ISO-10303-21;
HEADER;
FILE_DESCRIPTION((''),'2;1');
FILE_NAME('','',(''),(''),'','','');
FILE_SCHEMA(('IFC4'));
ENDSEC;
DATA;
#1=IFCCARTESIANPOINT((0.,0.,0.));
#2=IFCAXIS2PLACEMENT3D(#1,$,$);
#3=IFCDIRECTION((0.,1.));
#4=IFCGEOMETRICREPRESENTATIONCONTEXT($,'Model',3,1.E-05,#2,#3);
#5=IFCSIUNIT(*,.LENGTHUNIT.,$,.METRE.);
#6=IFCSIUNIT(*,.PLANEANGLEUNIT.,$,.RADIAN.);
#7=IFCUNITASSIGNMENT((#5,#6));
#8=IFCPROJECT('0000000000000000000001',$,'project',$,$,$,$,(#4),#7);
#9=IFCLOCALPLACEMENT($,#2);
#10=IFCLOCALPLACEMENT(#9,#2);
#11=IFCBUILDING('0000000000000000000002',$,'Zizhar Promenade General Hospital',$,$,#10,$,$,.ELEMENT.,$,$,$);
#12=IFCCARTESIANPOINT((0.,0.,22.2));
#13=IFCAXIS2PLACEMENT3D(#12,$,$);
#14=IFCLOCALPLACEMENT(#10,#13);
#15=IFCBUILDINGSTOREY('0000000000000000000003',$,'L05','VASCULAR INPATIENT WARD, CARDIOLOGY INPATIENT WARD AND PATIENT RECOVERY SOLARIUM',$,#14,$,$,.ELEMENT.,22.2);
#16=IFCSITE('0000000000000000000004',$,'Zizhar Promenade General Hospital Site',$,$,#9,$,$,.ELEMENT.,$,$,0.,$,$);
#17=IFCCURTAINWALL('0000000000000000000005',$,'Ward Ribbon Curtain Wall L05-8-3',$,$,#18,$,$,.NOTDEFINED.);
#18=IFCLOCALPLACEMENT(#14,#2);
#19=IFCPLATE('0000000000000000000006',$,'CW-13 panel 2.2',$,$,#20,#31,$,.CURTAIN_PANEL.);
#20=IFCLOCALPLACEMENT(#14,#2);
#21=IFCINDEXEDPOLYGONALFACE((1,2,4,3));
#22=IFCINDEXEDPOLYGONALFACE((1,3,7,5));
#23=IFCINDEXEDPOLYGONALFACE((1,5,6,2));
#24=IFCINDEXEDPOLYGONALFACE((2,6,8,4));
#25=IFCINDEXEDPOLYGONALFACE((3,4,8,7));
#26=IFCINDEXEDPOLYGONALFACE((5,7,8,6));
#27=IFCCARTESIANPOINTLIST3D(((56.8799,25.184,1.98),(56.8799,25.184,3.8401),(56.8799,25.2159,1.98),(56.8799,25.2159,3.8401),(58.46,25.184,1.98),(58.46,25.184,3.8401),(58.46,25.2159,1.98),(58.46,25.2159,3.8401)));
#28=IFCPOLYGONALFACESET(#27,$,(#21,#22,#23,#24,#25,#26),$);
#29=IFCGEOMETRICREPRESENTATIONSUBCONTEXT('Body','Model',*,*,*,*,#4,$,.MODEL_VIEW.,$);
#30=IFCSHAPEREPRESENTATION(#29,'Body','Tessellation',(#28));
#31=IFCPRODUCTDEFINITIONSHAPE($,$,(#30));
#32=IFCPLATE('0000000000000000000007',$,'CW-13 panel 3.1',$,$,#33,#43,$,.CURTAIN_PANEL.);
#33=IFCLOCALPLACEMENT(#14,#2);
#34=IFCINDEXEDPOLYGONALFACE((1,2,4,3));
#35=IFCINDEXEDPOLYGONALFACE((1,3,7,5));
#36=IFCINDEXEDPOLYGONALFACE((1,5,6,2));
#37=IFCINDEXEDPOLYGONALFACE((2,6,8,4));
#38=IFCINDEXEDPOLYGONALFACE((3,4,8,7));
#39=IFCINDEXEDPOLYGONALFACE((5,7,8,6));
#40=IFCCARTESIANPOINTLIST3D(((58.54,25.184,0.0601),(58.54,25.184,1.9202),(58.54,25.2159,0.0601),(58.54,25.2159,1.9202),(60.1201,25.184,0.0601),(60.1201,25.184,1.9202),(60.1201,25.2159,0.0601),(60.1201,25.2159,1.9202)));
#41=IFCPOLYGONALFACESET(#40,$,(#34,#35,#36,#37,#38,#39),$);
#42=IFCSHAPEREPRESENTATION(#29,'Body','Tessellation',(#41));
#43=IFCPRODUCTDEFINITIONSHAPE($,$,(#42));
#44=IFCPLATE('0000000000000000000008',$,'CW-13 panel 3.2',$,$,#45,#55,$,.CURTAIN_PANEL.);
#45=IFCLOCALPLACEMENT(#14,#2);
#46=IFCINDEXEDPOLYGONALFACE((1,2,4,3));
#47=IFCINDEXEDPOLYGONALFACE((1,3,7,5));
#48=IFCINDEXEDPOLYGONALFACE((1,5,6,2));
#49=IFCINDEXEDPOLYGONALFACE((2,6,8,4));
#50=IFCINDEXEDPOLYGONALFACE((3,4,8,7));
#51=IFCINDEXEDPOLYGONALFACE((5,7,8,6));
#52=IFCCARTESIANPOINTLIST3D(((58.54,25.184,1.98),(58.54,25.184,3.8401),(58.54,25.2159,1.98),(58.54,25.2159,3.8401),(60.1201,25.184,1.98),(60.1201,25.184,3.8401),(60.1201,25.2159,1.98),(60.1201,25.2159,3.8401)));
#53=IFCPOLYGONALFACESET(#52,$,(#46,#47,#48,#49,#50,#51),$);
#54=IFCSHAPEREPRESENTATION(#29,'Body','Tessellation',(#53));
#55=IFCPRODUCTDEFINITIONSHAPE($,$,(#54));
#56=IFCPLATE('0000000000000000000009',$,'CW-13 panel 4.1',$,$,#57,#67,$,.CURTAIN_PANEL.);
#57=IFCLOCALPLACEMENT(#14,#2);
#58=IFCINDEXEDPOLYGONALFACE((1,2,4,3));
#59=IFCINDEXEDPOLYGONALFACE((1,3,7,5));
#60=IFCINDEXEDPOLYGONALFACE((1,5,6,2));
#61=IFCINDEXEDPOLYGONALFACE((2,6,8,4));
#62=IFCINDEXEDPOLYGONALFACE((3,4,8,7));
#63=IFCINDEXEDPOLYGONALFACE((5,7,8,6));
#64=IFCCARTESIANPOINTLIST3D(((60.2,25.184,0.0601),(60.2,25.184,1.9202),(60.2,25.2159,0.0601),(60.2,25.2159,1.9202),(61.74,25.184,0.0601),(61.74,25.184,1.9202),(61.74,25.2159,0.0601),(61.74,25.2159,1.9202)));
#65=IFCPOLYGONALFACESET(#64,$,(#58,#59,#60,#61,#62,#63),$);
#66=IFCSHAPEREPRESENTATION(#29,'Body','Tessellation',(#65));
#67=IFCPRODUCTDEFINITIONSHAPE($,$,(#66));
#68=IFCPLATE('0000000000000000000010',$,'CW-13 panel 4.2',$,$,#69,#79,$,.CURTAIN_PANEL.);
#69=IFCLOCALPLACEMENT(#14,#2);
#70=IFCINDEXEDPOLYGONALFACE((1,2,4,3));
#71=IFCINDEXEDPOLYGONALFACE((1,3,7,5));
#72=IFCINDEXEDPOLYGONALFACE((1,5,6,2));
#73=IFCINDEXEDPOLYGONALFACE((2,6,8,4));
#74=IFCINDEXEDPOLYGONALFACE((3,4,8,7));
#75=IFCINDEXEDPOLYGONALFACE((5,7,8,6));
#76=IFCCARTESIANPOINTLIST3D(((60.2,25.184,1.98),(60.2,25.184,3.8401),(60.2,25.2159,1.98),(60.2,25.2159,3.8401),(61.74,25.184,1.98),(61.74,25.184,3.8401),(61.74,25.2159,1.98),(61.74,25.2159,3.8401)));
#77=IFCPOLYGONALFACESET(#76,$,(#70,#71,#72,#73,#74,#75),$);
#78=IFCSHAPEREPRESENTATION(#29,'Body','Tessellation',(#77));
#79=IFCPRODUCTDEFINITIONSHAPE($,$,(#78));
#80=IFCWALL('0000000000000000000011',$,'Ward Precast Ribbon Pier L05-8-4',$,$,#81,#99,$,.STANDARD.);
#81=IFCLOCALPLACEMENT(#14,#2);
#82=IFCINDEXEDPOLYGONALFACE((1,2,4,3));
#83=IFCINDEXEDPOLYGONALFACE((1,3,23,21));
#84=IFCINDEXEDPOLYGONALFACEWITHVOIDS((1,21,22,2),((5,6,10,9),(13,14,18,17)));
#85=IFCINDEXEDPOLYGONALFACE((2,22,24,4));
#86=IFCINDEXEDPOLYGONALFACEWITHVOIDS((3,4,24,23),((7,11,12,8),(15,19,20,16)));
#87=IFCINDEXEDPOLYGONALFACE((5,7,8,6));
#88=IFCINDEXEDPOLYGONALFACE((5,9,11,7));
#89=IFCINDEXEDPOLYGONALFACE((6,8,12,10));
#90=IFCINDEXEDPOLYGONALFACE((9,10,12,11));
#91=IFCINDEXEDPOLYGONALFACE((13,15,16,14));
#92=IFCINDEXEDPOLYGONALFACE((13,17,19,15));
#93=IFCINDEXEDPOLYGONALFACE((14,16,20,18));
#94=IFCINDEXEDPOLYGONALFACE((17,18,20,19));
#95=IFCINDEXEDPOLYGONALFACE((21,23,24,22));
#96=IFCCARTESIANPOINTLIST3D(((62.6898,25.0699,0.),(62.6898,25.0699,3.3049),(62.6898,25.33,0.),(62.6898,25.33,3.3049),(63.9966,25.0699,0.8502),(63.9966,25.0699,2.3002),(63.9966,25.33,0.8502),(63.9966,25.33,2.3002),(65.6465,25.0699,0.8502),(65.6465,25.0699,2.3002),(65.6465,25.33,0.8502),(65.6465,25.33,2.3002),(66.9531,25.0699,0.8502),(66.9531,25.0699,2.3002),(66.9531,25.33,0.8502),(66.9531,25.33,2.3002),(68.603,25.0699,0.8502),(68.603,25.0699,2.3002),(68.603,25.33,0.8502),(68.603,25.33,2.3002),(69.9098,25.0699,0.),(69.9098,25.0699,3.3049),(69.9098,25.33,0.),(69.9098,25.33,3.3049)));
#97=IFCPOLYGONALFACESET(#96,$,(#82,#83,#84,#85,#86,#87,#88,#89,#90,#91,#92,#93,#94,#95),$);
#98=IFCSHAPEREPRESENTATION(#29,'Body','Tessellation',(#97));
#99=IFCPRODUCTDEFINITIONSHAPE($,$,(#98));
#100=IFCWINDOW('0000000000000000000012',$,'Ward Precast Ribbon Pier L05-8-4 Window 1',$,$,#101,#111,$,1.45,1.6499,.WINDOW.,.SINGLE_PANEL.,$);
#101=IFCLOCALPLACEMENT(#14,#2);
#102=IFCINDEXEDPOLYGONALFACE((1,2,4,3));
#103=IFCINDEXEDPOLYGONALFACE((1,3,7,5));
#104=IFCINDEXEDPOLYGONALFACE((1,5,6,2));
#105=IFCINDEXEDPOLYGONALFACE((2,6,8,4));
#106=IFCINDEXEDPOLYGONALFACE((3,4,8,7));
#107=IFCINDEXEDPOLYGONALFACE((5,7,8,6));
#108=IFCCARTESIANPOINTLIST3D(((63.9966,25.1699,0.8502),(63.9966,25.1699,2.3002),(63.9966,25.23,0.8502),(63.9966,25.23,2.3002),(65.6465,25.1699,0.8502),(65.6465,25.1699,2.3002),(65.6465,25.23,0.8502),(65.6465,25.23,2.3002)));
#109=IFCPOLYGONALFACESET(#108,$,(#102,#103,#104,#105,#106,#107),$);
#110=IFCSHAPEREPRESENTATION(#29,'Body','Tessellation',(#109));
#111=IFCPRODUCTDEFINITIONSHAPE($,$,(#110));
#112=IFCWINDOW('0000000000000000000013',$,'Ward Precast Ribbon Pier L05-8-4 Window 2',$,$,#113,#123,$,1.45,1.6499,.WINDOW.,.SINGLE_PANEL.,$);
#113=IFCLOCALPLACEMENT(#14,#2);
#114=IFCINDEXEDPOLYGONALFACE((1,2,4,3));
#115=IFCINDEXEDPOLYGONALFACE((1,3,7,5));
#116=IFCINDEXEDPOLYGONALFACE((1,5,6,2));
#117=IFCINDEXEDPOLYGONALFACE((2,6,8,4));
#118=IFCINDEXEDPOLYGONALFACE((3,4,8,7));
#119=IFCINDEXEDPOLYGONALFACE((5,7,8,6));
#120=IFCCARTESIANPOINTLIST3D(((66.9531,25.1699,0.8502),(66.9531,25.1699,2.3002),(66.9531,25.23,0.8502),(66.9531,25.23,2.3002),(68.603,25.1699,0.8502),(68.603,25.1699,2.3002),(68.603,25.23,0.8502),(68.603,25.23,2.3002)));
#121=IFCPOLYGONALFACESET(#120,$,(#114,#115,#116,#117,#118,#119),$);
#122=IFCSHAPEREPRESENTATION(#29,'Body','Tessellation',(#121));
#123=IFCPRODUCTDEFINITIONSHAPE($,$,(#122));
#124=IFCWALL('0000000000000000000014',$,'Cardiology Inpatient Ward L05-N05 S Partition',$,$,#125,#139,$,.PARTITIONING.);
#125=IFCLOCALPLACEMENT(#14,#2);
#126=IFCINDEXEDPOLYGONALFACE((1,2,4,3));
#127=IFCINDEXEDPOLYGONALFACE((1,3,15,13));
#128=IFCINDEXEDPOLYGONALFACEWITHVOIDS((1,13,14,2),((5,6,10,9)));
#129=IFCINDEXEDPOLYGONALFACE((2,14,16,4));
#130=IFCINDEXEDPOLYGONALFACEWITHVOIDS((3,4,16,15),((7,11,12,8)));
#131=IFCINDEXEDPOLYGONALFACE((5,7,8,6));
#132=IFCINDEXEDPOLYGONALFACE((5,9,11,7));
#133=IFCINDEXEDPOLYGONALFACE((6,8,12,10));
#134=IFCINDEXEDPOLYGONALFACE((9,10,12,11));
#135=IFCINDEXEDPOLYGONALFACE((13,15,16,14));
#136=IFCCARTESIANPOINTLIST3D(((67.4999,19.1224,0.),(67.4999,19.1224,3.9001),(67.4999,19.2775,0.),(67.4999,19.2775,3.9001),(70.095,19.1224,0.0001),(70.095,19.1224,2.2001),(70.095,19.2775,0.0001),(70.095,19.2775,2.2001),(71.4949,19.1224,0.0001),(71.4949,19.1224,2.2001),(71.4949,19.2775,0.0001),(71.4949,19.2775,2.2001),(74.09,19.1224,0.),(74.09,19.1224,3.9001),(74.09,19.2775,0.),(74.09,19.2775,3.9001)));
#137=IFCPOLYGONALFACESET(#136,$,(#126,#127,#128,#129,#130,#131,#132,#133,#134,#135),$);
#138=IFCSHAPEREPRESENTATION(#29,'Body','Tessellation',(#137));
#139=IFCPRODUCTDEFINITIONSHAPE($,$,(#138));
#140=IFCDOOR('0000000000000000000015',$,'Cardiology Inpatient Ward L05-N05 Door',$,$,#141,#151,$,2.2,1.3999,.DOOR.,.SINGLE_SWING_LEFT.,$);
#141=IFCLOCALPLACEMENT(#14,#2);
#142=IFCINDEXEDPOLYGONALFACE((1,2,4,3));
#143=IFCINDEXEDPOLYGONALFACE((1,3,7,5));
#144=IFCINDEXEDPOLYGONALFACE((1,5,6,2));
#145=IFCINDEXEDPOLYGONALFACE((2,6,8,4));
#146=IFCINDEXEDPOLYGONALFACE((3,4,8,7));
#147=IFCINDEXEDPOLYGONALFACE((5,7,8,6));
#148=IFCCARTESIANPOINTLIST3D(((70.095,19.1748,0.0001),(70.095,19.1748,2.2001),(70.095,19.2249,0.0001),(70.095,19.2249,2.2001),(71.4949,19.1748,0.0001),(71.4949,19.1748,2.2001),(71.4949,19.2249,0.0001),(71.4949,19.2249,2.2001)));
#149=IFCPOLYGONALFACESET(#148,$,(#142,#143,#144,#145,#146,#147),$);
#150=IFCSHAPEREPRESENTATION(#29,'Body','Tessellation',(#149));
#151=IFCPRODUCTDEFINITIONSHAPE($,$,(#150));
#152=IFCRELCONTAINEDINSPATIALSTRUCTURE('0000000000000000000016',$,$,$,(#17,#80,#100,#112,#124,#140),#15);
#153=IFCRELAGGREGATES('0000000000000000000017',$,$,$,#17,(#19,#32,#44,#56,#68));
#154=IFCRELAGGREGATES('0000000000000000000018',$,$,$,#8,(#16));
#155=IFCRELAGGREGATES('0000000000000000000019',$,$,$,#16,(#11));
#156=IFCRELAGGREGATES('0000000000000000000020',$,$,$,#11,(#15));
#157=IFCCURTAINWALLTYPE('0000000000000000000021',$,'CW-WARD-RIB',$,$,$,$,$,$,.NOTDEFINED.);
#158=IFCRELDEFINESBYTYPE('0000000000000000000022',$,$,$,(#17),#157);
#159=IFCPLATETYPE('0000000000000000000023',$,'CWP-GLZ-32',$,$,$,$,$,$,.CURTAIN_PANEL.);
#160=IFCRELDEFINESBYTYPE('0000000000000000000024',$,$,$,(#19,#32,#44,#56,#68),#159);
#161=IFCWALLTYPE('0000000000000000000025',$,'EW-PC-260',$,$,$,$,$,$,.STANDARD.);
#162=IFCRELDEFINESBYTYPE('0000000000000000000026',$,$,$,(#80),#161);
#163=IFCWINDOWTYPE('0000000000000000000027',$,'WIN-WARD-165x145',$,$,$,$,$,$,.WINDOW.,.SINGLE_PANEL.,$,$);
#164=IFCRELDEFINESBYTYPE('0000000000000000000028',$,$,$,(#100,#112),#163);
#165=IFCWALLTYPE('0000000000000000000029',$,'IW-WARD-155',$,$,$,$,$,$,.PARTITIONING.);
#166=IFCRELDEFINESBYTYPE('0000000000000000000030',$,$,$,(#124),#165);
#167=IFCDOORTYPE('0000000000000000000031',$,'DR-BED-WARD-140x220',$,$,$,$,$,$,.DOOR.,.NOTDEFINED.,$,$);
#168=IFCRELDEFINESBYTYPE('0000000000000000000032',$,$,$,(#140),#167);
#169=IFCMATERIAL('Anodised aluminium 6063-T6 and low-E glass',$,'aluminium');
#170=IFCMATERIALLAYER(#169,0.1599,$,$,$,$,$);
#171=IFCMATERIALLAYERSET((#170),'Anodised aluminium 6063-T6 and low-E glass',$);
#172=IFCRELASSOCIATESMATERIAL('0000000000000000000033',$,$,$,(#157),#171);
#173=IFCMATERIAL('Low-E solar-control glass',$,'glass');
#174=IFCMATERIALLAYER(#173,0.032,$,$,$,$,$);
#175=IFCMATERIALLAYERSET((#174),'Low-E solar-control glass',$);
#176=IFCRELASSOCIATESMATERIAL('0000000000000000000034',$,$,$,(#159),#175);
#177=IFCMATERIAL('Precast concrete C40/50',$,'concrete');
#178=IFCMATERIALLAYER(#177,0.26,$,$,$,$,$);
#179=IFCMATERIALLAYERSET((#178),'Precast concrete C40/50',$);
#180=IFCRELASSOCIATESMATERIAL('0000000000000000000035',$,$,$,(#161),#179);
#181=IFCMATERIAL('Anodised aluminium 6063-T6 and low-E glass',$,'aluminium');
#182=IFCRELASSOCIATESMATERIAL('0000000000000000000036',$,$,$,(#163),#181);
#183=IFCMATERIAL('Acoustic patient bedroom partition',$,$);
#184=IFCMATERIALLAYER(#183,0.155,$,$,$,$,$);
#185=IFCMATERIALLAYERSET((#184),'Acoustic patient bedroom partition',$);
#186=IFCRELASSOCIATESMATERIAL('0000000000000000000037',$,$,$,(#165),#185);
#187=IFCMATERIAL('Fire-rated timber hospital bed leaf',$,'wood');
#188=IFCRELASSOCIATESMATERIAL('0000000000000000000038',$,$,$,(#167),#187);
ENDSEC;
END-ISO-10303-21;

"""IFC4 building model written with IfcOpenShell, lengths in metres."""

from ifc_helpers import new_model, si_unit, direction, frame, frame_2d, origin, origin_2d, place, context, subcontext, project, spatial, rectangle, extrude, material, layer, layer_set, type_object, element, fill, aggregate, save


model = new_model("IFC4")

# Units and contexts
model_context = context("Model", 3, precision=1e-05, world=origin(), true_north=direction((0.0, 1.0)))
body_context = subcontext(model_context, "Body", "Model", "MODEL_VIEW")
ifc_project = project(units=[si_unit("LENGTHUNIT", "METRE"), si_unit("PLANEANGLEUNIT", "RADIAN")], contexts=[model_context])

# Site, building, storey
site_placement = place(None, origin())
site = spatial("IfcSite", under=ifc_project, at=site_placement, Name="Zizhar Promenade General Hospital Site", CompositionType="ELEMENT", RefElevation=0.0)
building_placement = place(site_placement, origin())
building = spatial("IfcBuilding", under=site, at=building_placement, Name="Zizhar Promenade General Hospital", CompositionType="ELEMENT")
storey_placement = place(building_placement, frame((0.0, 0.0, 22.2)))
storey = spatial("IfcBuildingStorey", under=building, at=storey_placement, Name="L05", Description="VASCULAR INPATIENT WARD, CARDIOLOGY INPATIENT WARD AND PATIENT RECOVERY SOLARIUM", CompositionType="ELEMENT", Elevation=22.2)

# Curtain wall, plates
ifc_material_1 = material(Name="Anodised aluminium 6063-T6 and low-E glass", Category="aluminium")
ifc_layer_1 = layer(ifc_material_1, 0.1599)
ifc_layer_set_1 = layer_set([ifc_layer_1], Name="Anodised aluminium 6063-T6 and low-E glass")
curtain_wall_type = type_object("IfcCurtainWallType", Name="CW-WARD-RIB", PredefinedType="NOTDEFINED", material=ifc_layer_set_1)
curtain_wall_placement = place(storey_placement, origin())
curtain_wall = element("IfcCurtainWall", 1, at=curtain_wall_placement, inside=storey, type_object=curtain_wall_type, Name="Ward Ribbon Curtain Wall L05-8-3", PredefinedType="NOTDEFINED")
ifc_material_2 = material(Name="Low-E solar-control glass", Category="glass")
ifc_layer_2 = layer(ifc_material_2, 0.032)
ifc_layer_set_2 = layer_set([ifc_layer_2], Name="Low-E solar-control glass")
plate_type = type_object("IfcPlateType", Name="CWP-GLZ-32", PredefinedType="CURTAIN_PANEL", material=ifc_layer_set_2)
plate_1_placement = place(storey_placement, frame((57.6699, 25.2, 1.98), z_axis=(0.0, 0.0, 1.0), x_axis=(1.0, 0.0, 0.0)))
plate_1 = element("IfcPlate", 2, at=plate_1_placement, type_object=plate_type, Name="CW-13 panel 2.2", PredefinedType="CURTAIN_PANEL", context=body_context, shape_type="SweptSolid", body=[
    extrude(rectangle(XDim=1.5801, YDim=0.032, at=origin_2d()), origin(), (0.0, 0.0, 1.0), 1.8601),
])
plate_2_placement = place(storey_placement, frame((59.3301, 25.2, 0.0601), z_axis=(0.0, 0.0, 1.0), x_axis=(1.0, 0.0, 0.0)))
plate_2 = element("IfcPlate", 3, at=plate_2_placement, type_object=plate_type, Name="CW-13 panel 3.1", PredefinedType="CURTAIN_PANEL", context=body_context, shape_type="SweptSolid", body=[
    extrude(rectangle(XDim=1.5801, YDim=0.032, at=origin_2d()), origin(), (0.0, 0.0, 1.0), 1.8601),
])
plate_3_placement = place(storey_placement, frame((59.3301, 25.2, 1.98), z_axis=(0.0, 0.0, 1.0), x_axis=(1.0, 0.0, 0.0)))
plate_3 = element("IfcPlate", 4, at=plate_3_placement, type_object=plate_type, Name="CW-13 panel 3.2", PredefinedType="CURTAIN_PANEL", context=body_context, shape_type="SweptSolid", body=[
    extrude(rectangle(XDim=1.5801, YDim=0.032, at=origin_2d()), origin(), (0.0, 0.0, 1.0), 1.8601),
])
plate_4_placement = place(storey_placement, frame((60.97, 25.2, 0.0601), z_axis=(0.0, 0.0, 1.0), x_axis=(1.0, 0.0, 0.0)))
plate_4 = element("IfcPlate", 5, at=plate_4_placement, type_object=plate_type, Name="CW-13 panel 4.1", PredefinedType="CURTAIN_PANEL", context=body_context, shape_type="SweptSolid", body=[
    extrude(rectangle(XDim=1.54, YDim=0.032, at=origin_2d()), origin(), (0.0, 0.0, 1.0), 1.8601),
])
plate_5_placement = place(storey_placement, frame((60.97, 25.2, 1.98), z_axis=(0.0, 0.0, 1.0), x_axis=(1.0, 0.0, 0.0)))
plate_5 = element("IfcPlate", 6, at=plate_5_placement, type_object=plate_type, Name="CW-13 panel 4.2", PredefinedType="CURTAIN_PANEL", context=body_context, shape_type="SweptSolid", body=[
    extrude(rectangle(XDim=1.54, YDim=0.032, at=origin_2d()), origin(), (0.0, 0.0, 1.0), 1.8601),
])
aggregate(curtain_wall, [plate_1, plate_2, plate_3, plate_4, plate_5])

# Wall, openings, windows
ifc_material_3 = material(Name="Precast concrete C40/50", Category="concrete")
ifc_layer_3 = layer(ifc_material_3, 0.26)
ifc_layer_set_3 = layer_set([ifc_layer_3], Name="Precast concrete C40/50")
wall_type_1 = type_object("IfcWallType", Name="EW-PC-260", PredefinedType="STANDARD", material=ifc_layer_set_3)
wall_1_placement = place(storey_placement, frame((62.6899, 25.2, 0.0), z_axis=(0.0, 0.0, 1.0), x_axis=(1.0, 0.0, 0.0)))
wall_1 = element("IfcWall", 7, at=wall_1_placement, inside=storey, type_object=wall_type_1, Name="Ward Precast Ribbon Pier L05-8-4", PredefinedType="STANDARD", context=body_context, shape_type="SweptSolid", body=[
    extrude(rectangle(XDim=7.22, YDim=0.26, at=frame_2d((3.6099, 0.0))), origin(), (0.0, 0.0, 1.0), 3.3049),
])
opening_1_placement = place(wall_1_placement, frame((1.3066, 0.0, 0.8501)))
opening_1 = element("IfcOpeningElement", 8, at=opening_1_placement, cuts=wall_1, PredefinedType="OPENING", context=body_context, shape_type="SweptSolid", body=[
    extrude(rectangle(XDim=1.6499, YDim=1.45, at=frame_2d((0.825, 0.7251))), frame((0.0, 0.1401, 0.0), z_axis=(0.0, -1.0, 0.0), x_axis=(1.0, 0.0, 0.0)), (0.0, 0.0, 1.0), 0.28),
])
opening_2_placement = place(wall_1_placement, frame((4.2632, 0.0, 0.8501)))
opening_2 = element("IfcOpeningElement", 9, at=opening_2_placement, cuts=wall_1, PredefinedType="OPENING", context=body_context, shape_type="SweptSolid", body=[
    extrude(rectangle(XDim=1.6499, YDim=1.45, at=frame_2d((0.825, 0.7251))), frame((0.0, 0.1401, 0.0), z_axis=(0.0, -1.0, 0.0), x_axis=(1.0, 0.0, 0.0)), (0.0, 0.0, 1.0), 0.28),
])
ifc_material_4 = material(Name="Anodised aluminium 6063-T6 and low-E glass", Category="aluminium")
window_type = type_object("IfcWindowType", Name="WIN-WARD-165x145", PartitioningType="SINGLE_PANEL", PredefinedType="WINDOW", material=ifc_material_4)
window_1_placement = place(opening_1_placement, origin())
window_1 = element("IfcWindow", 10, at=window_1_placement, inside=storey, type_object=window_type, Name="Ward Precast Ribbon Pier L05-8-4 Window 1", OverallHeight=1.45, OverallWidth=1.6499, PartitioningType="SINGLE_PANEL", PredefinedType="WINDOW", context=body_context, shape_type="SweptSolid", body=[
    extrude(rectangle(XDim=1.6499, YDim=1.45, at=frame_2d((0.825, 0.7251))), frame((0.0, 0.03, 0.0), z_axis=(0.0, -1.0, 0.0), x_axis=(1.0, 0.0, 0.0)), (0.0, 0.0, 1.0), 0.0601),
])
fill(opening_1, window_1)
window_2_placement = place(opening_2_placement, origin())
window_2 = element("IfcWindow", 11, at=window_2_placement, inside=storey, type_object=window_type, Name="Ward Precast Ribbon Pier L05-8-4 Window 2", OverallHeight=1.45, OverallWidth=1.6499, PartitioningType="SINGLE_PANEL", PredefinedType="WINDOW", context=body_context, shape_type="SweptSolid", body=[
    extrude(rectangle(XDim=1.6499, YDim=1.45, at=frame_2d((0.825, 0.7251))), frame((0.0, 0.03, 0.0), z_axis=(0.0, -1.0, 0.0), x_axis=(1.0, 0.0, 0.0)), (0.0, 0.0, 1.0), 0.0601),
])
fill(opening_2, window_2)

# Wall, opening, door
ifc_material_5 = material(Name="Acoustic patient bedroom partition")
ifc_layer_4 = layer(ifc_material_5, 0.155)
ifc_layer_set_4 = layer_set([ifc_layer_4], Name="Acoustic patient bedroom partition")
wall_type_2 = type_object("IfcWallType", Name="IW-WARD-155", PredefinedType="PARTITIONING", material=ifc_layer_set_4)
wall_2_placement = place(storey_placement, frame((67.5, 19.2, 0.0), z_axis=(0.0, 0.0, 1.0), x_axis=(1.0, 0.0, 0.0)))
wall_2 = element("IfcWall", 12, at=wall_2_placement, inside=storey, type_object=wall_type_2, Name="Cardiology Inpatient Ward L05-N05 S Partition", PredefinedType="PARTITIONING", context=body_context, shape_type="SweptSolid", body=[
    extrude(rectangle(XDim=6.5901, YDim=0.155, at=frame_2d((3.2949, 0.0))), origin(), (0.0, 0.0, 1.0), 3.9001),
])
opening_3_placement = place(wall_2_placement, frame((2.595, 0.0, 0.0)))
opening_3 = element("IfcOpeningElement", 13, at=opening_3_placement, cuts=wall_2, PredefinedType="OPENING", context=body_context, shape_type="SweptSolid", body=[
    extrude(rectangle(XDim=1.3999, YDim=2.2, at=frame_2d((0.7, 1.1001))), frame((0.0, 0.0874, 0.0), z_axis=(0.0, -1.0, 0.0), x_axis=(1.0, 0.0, 0.0)), (0.0, 0.0, 1.0), 0.175),
])
ifc_material_6 = material(Name="Fire-rated timber hospital bed leaf", Category="wood")
door_type_1 = type_object("IfcDoorType", Name="DR-BED-WARD-140x220", OperationType="NOTDEFINED", PredefinedType="DOOR", material=ifc_material_6)
door_1_placement = place(opening_3_placement, origin())
door_1 = element("IfcDoor", 14, at=door_1_placement, inside=storey, type_object=door_type_1, Name="Cardiology Inpatient Ward L05-N05 Door", OperationType="SINGLE_SWING_LEFT", OverallHeight=2.2, OverallWidth=1.3999, PredefinedType="DOOR", context=body_context, shape_type="SweptSolid", body=[
    extrude(rectangle(XDim=1.3999, YDim=2.2, at=frame_2d((0.7, 1.1001))), frame((0.0, 0.0249, 0.0), z_axis=(0.0, -1.0, 0.0), x_axis=(1.0, 0.0, 0.0)), (0.0, 0.0, 1.0), 0.05),
])
fill(opening_3, door_1)

save(model, "model.ifc")
